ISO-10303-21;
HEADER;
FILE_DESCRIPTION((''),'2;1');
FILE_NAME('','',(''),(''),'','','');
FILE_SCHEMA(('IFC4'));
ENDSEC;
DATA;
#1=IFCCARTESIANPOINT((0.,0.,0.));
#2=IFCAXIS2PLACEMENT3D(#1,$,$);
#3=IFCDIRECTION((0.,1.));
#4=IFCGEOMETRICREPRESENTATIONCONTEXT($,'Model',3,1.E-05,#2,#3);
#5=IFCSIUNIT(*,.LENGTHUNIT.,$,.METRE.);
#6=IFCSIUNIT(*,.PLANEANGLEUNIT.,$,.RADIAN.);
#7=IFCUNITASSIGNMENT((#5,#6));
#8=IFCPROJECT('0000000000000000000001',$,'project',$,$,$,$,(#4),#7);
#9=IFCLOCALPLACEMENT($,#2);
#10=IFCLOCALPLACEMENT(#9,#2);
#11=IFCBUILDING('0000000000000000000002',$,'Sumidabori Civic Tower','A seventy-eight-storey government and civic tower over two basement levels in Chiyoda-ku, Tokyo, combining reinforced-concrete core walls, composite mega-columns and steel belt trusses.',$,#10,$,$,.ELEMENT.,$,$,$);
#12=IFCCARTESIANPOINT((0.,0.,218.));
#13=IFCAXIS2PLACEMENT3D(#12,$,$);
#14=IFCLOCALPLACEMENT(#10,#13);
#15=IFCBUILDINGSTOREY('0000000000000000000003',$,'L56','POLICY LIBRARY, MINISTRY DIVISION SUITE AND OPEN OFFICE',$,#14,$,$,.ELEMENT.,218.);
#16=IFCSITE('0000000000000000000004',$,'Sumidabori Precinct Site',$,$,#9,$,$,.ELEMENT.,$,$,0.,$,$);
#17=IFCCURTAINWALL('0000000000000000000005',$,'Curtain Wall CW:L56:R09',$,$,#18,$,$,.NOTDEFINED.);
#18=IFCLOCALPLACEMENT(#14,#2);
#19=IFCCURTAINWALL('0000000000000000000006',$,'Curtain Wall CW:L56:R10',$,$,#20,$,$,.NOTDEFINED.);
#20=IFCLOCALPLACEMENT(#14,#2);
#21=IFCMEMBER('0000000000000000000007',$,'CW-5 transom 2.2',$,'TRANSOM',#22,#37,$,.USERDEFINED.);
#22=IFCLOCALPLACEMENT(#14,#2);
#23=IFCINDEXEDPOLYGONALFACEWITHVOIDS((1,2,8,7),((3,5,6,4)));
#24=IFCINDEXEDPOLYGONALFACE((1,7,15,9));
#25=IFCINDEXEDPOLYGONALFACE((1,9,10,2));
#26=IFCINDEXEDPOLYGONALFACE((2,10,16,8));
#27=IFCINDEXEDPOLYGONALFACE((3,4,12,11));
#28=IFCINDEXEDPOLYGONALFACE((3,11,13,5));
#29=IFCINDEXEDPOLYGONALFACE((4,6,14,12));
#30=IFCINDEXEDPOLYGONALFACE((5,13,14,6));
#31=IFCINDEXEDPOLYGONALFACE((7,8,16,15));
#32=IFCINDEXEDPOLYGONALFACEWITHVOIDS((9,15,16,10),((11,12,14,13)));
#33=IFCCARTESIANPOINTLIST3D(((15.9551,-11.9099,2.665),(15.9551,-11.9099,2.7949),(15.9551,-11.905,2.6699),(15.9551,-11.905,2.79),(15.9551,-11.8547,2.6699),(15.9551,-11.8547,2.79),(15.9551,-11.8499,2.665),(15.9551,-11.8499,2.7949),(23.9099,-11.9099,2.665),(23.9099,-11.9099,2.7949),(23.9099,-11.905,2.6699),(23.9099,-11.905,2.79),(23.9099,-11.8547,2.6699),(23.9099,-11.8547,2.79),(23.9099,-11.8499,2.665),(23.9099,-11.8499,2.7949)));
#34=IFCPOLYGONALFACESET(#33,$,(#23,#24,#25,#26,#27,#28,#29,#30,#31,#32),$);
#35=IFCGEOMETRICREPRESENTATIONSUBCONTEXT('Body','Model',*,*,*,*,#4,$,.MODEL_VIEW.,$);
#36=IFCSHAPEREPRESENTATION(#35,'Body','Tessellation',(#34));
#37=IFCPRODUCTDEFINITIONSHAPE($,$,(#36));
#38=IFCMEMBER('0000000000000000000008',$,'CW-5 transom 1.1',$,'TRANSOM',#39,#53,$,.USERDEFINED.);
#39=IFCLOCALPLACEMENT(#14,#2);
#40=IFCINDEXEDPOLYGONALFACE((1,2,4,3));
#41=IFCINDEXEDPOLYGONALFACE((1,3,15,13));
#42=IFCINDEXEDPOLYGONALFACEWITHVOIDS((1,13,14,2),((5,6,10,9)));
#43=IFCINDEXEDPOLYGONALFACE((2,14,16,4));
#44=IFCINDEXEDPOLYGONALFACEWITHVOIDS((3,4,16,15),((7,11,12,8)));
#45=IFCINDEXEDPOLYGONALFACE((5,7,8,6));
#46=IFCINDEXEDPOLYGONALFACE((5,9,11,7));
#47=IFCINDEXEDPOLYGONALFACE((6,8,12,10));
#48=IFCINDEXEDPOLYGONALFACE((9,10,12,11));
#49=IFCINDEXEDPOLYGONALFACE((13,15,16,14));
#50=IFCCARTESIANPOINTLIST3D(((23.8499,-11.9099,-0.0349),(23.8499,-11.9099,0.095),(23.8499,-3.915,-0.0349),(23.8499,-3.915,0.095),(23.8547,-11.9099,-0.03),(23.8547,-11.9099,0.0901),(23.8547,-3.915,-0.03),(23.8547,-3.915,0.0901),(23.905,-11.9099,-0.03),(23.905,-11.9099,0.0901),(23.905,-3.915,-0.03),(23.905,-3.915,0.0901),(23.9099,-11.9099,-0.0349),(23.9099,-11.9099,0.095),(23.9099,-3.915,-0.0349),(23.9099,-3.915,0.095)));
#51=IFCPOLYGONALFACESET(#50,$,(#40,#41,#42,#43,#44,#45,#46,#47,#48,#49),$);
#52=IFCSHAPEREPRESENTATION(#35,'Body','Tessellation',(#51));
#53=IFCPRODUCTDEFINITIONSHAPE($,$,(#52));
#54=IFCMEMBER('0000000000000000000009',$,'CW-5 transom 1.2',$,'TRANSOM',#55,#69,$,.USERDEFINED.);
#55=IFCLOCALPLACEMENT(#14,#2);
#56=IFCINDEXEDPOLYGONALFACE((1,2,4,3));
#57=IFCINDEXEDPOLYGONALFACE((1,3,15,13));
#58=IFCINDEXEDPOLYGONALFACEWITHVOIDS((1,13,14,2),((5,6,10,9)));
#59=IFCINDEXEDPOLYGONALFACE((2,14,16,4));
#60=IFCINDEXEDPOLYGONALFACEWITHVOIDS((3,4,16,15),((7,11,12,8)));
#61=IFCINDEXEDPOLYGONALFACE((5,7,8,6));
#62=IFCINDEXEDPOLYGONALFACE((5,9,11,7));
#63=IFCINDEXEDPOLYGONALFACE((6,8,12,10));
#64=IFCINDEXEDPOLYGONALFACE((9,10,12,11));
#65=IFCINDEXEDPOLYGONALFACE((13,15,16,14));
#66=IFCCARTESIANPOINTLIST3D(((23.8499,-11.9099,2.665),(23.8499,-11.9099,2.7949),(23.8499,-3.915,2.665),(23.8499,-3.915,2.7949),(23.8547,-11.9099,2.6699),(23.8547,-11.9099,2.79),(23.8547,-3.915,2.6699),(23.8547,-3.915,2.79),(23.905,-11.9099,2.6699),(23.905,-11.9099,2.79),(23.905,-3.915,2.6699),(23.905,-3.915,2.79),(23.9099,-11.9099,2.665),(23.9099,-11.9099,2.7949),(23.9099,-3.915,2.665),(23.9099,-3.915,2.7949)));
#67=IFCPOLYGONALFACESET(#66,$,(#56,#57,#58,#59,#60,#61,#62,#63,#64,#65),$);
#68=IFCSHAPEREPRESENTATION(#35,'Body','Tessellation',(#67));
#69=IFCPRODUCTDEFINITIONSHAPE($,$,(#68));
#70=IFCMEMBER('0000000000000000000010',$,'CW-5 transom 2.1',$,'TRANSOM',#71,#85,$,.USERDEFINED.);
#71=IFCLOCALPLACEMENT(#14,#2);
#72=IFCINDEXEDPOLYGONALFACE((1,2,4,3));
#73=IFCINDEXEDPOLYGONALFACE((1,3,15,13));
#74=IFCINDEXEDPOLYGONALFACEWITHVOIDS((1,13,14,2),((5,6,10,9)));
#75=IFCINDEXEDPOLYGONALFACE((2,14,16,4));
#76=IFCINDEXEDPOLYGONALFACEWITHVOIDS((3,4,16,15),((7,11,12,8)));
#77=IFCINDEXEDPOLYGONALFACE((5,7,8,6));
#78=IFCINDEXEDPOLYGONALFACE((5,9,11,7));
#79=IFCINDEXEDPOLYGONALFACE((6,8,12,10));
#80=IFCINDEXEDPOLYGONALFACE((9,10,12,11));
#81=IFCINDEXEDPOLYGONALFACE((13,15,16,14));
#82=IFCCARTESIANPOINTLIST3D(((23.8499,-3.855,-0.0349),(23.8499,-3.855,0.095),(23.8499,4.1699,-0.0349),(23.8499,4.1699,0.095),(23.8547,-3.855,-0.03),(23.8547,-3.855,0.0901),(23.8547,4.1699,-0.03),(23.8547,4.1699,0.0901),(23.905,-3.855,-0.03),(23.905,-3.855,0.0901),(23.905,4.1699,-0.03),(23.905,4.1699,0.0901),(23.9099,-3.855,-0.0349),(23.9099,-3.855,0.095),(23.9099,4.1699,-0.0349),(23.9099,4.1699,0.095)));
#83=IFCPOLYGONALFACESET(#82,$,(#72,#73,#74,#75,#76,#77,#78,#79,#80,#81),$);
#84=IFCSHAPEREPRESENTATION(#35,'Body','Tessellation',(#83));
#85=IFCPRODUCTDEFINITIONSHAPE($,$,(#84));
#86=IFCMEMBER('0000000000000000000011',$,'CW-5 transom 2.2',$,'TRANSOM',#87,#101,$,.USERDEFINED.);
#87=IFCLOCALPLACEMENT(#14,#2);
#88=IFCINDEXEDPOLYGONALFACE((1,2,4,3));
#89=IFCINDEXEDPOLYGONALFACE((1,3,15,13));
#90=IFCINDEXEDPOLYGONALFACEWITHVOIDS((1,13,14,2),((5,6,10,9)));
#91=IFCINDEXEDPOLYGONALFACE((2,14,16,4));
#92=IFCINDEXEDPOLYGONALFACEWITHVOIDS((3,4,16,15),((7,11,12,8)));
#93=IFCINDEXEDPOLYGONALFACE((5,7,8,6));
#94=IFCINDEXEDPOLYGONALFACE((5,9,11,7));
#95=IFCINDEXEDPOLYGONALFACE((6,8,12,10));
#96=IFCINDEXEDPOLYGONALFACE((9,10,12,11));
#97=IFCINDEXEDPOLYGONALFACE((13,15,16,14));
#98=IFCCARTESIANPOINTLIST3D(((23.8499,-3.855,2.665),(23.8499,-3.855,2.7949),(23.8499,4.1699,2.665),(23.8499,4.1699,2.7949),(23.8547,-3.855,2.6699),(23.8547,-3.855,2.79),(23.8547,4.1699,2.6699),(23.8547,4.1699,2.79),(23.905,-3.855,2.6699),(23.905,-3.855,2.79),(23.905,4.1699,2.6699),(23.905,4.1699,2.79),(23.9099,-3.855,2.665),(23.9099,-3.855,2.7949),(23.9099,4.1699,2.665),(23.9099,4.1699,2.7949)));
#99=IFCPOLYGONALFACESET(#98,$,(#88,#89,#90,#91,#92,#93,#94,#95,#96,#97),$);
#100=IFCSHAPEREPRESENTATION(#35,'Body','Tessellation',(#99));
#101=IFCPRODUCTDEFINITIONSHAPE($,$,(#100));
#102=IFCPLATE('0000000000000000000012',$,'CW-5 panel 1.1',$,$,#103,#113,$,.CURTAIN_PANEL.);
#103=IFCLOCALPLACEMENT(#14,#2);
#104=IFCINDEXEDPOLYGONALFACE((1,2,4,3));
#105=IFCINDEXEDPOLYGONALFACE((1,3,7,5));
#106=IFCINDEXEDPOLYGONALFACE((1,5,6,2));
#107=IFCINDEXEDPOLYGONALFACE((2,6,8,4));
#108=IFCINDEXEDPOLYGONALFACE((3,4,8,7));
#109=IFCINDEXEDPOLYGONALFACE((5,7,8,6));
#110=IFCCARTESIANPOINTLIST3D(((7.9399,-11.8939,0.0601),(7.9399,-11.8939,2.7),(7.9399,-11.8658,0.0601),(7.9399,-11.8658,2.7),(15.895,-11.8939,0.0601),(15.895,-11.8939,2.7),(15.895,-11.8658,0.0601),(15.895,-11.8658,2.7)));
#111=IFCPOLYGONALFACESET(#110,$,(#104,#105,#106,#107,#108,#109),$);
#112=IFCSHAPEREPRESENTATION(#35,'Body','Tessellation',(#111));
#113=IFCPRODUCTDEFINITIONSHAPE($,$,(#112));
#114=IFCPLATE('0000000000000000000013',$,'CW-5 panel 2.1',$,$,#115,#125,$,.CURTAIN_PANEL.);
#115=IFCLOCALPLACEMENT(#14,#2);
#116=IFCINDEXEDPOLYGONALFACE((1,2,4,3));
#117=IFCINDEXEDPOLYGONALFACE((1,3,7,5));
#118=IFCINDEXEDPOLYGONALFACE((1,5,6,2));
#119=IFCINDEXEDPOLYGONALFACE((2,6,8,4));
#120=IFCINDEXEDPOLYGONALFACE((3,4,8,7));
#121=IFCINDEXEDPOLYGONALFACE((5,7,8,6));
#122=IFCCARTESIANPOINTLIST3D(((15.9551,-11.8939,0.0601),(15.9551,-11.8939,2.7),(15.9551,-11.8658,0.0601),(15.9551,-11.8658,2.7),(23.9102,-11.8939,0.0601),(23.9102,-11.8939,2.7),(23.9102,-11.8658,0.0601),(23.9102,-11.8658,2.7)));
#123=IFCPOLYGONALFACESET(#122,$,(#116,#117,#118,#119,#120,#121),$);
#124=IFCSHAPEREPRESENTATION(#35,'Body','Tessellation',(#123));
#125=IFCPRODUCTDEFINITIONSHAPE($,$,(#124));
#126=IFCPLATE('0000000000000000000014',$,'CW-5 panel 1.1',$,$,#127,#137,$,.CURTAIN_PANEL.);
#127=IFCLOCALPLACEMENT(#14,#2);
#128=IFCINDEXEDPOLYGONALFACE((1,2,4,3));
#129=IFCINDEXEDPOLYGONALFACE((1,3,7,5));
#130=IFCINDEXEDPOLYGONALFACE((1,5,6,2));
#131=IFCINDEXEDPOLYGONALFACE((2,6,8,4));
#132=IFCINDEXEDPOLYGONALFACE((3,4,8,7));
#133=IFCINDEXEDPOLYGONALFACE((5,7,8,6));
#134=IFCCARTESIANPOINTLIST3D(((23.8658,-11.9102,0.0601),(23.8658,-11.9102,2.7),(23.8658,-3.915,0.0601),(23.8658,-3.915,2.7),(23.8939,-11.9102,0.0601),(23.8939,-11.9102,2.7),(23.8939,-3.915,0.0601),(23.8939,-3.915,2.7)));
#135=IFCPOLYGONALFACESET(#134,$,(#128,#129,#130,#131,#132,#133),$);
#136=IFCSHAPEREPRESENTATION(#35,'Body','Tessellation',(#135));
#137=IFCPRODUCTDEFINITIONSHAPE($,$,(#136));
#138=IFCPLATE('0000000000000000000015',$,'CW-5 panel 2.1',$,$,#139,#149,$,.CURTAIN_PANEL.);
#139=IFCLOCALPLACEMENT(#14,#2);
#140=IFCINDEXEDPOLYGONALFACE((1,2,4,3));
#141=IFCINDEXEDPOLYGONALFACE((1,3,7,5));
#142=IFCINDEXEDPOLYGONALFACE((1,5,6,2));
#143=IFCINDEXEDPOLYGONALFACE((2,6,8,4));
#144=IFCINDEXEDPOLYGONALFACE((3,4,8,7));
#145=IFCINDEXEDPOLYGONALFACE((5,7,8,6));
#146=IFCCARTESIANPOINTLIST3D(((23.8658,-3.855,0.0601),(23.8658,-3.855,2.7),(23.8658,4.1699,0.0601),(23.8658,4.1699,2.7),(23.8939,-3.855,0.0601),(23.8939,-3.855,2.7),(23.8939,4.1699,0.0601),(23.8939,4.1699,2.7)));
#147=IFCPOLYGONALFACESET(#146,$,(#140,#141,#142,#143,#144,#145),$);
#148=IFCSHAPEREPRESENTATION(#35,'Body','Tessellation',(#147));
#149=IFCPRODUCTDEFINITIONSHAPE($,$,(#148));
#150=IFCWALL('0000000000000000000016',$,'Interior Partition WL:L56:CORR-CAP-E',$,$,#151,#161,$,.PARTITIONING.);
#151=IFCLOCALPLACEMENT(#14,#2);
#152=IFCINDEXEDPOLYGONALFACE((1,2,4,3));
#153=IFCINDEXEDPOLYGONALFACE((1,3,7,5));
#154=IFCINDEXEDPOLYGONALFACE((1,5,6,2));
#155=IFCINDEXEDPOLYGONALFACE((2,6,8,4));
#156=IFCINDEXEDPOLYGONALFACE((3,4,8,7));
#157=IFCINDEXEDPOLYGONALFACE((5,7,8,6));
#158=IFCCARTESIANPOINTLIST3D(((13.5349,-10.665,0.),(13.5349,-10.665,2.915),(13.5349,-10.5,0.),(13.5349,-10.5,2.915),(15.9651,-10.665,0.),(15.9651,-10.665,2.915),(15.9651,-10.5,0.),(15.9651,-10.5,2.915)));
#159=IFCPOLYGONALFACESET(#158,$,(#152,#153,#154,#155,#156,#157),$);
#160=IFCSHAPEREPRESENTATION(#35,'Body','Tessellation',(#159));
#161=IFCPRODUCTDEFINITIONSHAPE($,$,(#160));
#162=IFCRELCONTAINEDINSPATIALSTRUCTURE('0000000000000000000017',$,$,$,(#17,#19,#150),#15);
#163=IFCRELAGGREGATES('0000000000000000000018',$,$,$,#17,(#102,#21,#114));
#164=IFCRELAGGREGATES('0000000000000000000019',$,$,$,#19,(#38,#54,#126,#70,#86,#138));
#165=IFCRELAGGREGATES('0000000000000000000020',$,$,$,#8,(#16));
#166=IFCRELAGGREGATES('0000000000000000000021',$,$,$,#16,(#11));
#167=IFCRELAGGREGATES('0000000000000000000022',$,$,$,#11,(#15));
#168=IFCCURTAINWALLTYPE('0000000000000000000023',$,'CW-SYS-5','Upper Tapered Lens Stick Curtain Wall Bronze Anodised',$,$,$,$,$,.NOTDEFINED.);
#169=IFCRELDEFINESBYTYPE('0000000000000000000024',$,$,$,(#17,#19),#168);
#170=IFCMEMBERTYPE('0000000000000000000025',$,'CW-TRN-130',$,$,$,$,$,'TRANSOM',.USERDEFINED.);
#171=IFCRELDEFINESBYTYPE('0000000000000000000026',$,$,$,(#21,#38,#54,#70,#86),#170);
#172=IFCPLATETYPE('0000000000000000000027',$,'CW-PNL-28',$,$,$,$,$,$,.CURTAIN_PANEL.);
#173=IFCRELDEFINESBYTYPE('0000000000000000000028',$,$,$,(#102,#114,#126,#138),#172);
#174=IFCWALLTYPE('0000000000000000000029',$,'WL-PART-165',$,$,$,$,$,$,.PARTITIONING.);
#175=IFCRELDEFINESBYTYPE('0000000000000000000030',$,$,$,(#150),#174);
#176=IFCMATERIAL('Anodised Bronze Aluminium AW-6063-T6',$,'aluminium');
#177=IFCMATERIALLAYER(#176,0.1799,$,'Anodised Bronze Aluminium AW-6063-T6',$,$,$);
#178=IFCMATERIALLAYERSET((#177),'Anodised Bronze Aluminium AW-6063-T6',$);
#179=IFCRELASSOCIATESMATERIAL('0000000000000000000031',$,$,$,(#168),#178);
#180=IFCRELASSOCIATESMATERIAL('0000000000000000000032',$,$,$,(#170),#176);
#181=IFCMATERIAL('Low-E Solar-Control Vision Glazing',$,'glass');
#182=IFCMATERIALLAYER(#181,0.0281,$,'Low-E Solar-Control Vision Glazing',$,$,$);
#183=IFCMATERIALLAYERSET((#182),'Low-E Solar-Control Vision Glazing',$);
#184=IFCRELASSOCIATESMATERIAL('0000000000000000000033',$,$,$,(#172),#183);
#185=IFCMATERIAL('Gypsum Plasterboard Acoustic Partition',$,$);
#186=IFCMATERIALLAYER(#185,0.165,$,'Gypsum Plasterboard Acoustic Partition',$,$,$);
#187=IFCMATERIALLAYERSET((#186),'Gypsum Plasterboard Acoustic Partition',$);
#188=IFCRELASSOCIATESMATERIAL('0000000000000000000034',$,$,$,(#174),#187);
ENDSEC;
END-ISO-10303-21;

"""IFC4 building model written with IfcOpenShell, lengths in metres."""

from ifc_helpers import new_model, si_unit, direction, frame, frame_2d, origin, origin_2d, place, context, subcontext, project, spatial, rectangle, hollow_rectangle, extrude, source, transform, mapped, material, layer, layer_set, material_profile, profile_set, type_object, element, aggregate, save


model = new_model("IFC4")

# Units and contexts
model_context = context("Model", 3, precision=1e-05, world=origin(), true_north=direction((0.0, 1.0)))
body_context = subcontext(model_context, "Body", "Model", "MODEL_VIEW")
ifc_project = project(units=[si_unit("LENGTHUNIT", "METRE"), si_unit("PLANEANGLEUNIT", "RADIAN")], contexts=[model_context])

# Site, building, storey
site_placement = place(None, origin())
site = spatial("IfcSite", under=ifc_project, at=site_placement, Name="Sumidabori Precinct Site", CompositionType="ELEMENT", RefElevation=0.0)
building_placement = place(site_placement, origin())
building = spatial("IfcBuilding", under=site, at=building_placement, Name="Sumidabori Civic Tower", Description="A seventy-eight-storey government and civic tower over two basement levels in Chiyoda-ku, Tokyo, combining reinforced-concrete core walls, composite mega-columns and steel belt trusses.", CompositionType="ELEMENT")
storey_placement = place(building_placement, frame((0.0, 0.0, 218.0)))
storey = spatial("IfcBuildingStorey", under=building, at=storey_placement, Name="L56", Description="POLICY LIBRARY, MINISTRY DIVISION SUITE AND OPEN OFFICE", CompositionType="ELEMENT", Elevation=218.0)

# Curtain walls
ifc_material_1 = material(Name="Anodised Bronze Aluminium AW-6063-T6", Category="aluminium")
ifc_layer_1 = layer(ifc_material_1, 0.1799, Name="Anodised Bronze Aluminium AW-6063-T6")
ifc_layer_set_1 = layer_set([ifc_layer_1], Name="Anodised Bronze Aluminium AW-6063-T6")
curtain_wall_type = type_object("IfcCurtainWallType", Name="CW-SYS-5", Description="Upper Tapered Lens Stick Curtain Wall Bronze Anodised", PredefinedType="NOTDEFINED", material=ifc_layer_set_1)
curtain_wall_1_placement = place(storey_placement, origin())
curtain_wall_1 = element("IfcCurtainWall", 1, at=curtain_wall_1_placement, inside=storey, type_object=curtain_wall_type, Name="Curtain Wall CW:L56:R09", PredefinedType="NOTDEFINED")
curtain_wall_2_placement = place(storey_placement, origin())
curtain_wall_2 = element("IfcCurtainWall", 2, at=curtain_wall_2_placement, inside=storey, type_object=curtain_wall_type, Name="Curtain Wall CW:L56:R10", PredefinedType="NOTDEFINED")

# Members
ifc_material_profile_1 = material_profile(ifc_material_1, hollow_rectangle(XDim=0.0601, YDim=0.1299, WallThickness=0.0049, at=origin_2d()), Name="ALU TRANSOM 130x60")
ifc_profile_set_1 = profile_set([ifc_material_profile_1], Name="Anodised Bronze Aluminium AW-6063-T6")
member_type_1 = type_object("IfcMemberType", Name="CW-TRN-130", ElementType="TRANSOM", PredefinedType="USERDEFINED", material=ifc_profile_set_1)
shared_shape_1 = source(origin(), body_context, "Body", "SweptSolid", [
    extrude(hollow_rectangle(XDim=0.0601, YDim=0.1299, WallThickness=0.0049, at=origin_2d()), origin(), (0.0, 0.0, 1.0), 7.9548),
])
member_1_placement = place(storey_placement, frame((15.9551, -11.8799, 2.73), z_axis=(1.0, 0.0, 0.0), x_axis=(0.0, 1.0, 0.0)))
member_1 = element("IfcMember", 3, at=member_1_placement, type_object=member_type_1, Name="CW-5 transom 2.2", ObjectType="TRANSOM", PredefinedType="USERDEFINED", context=body_context, shape_type="MappedRepresentation", body=[
    mapped(shared_shape_1, transform((0.0, 0.0, 0.0), x_axis=(1.0, 0.0, 0.0), y_axis=(0.0, 1.0, 0.0), z_axis=(0.0, 0.0, 1.0), scale=1.0)),
])
shared_shape_2 = source(origin(), body_context, "Body", "SweptSolid", [
    extrude(hollow_rectangle(XDim=0.0601, YDim=0.1299, WallThickness=0.0049, at=origin_2d()), origin(), (0.0, 0.0, 1.0), 7.9949),
])
member_2_placement = place(storey_placement, frame((23.8799, -11.9099, 0.03), z_axis=(0.0, 1.0, 0.0), x_axis=(-1.0, 0.0, 0.0)))
member_2 = element("IfcMember", 4, at=member_2_placement, type_object=member_type_1, Name="CW-5 transom 1.1", ObjectType="TRANSOM", PredefinedType="USERDEFINED", context=body_context, shape_type="MappedRepresentation", body=[
    mapped(shared_shape_2, transform((0.0, 0.0, 0.0), x_axis=(1.0, 0.0, 0.0), y_axis=(0.0, 1.0, 0.0), z_axis=(0.0, 0.0, 1.0), scale=1.0)),
])
member_3_placement = place(storey_placement, frame((23.8799, -11.9099, 2.73), z_axis=(0.0, 1.0, 0.0), x_axis=(-1.0, 0.0, 0.0)))
member_3 = element("IfcMember", 5, at=member_3_placement, type_object=member_type_1, Name="CW-5 transom 1.2", ObjectType="TRANSOM", PredefinedType="USERDEFINED", context=body_context, shape_type="MappedRepresentation", body=[
    mapped(shared_shape_2, transform((0.0, 0.0, 0.0), x_axis=(1.0, 0.0, 0.0), y_axis=(0.0, 1.0, 0.0), z_axis=(0.0, 0.0, 1.0), scale=1.0)),
])
shared_shape_3 = source(origin(), body_context, "Body", "SweptSolid", [
    extrude(hollow_rectangle(XDim=0.0601, YDim=0.1299, WallThickness=0.0049, at=origin_2d()), origin(), (0.0, 0.0, 1.0), 8.0249),
])
member_4_placement = place(storey_placement, frame((23.8799, -3.855, 0.03), z_axis=(0.0, 1.0, 0.0), x_axis=(-1.0, 0.0, 0.0)))
member_4 = element("IfcMember", 6, at=member_4_placement, type_object=member_type_1, Name="CW-5 transom 2.1", ObjectType="TRANSOM", PredefinedType="USERDEFINED", context=body_context, shape_type="MappedRepresentation", body=[
    mapped(shared_shape_3, transform((0.0, 0.0, 0.0), x_axis=(1.0, 0.0, 0.0), y_axis=(0.0, 1.0, 0.0), z_axis=(0.0, 0.0, 1.0), scale=1.0)),
])
member_5_placement = place(storey_placement, frame((23.8799, -3.855, 2.73), z_axis=(0.0, 1.0, 0.0), x_axis=(-1.0, 0.0, 0.0)))
member_5 = element("IfcMember", 7, at=member_5_placement, type_object=member_type_1, Name="CW-5 transom 2.2", ObjectType="TRANSOM", PredefinedType="USERDEFINED", context=body_context, shape_type="MappedRepresentation", body=[
    mapped(shared_shape_3, transform((0.0, 0.0, 0.0), x_axis=(1.0, 0.0, 0.0), y_axis=(0.0, 1.0, 0.0), z_axis=(0.0, 0.0, 1.0), scale=1.0)),
])

# Plates
ifc_material_2 = material(Name="Low-E Solar-Control Vision Glazing", Category="glass")
ifc_layer_2 = layer(ifc_material_2, 0.0281, Name="Low-E Solar-Control Vision Glazing")
ifc_layer_set_2 = layer_set([ifc_layer_2], Name="Low-E Solar-Control Vision Glazing")
plate_type = type_object("IfcPlateType", Name="CW-PNL-28", PredefinedType="CURTAIN_PANEL", material=ifc_layer_set_2)
shared_shape_4 = source(origin(), body_context, "Body", "SweptSolid", [
    extrude(rectangle(XDim=7.9551, YDim=0.0281, at=origin_2d()), origin(), (0.0, 0.0, 1.0), 2.6399),
])
plate_1_placement = place(storey_placement, frame((11.9175, -11.8799, 0.0601), z_axis=(0.0, 0.0, 1.0), x_axis=(1.0, 0.0, 0.0)))
plate_1 = element("IfcPlate", 8, at=plate_1_placement, type_object=plate_type, Name="CW-5 panel 1.1", PredefinedType="CURTAIN_PANEL", context=body_context, shape_type="MappedRepresentation", body=[
    mapped(shared_shape_4, transform((0.0, 0.0, 0.0), x_axis=(1.0, 0.0, 0.0), y_axis=(0.0, 1.0, 0.0), z_axis=(0.0, 0.0, 1.0), scale=1.0)),
])
plate_2_placement = place(storey_placement, frame((19.9326, -11.8799, 0.0601), z_axis=(0.0, 0.0, 1.0), x_axis=(1.0, 0.0, 0.0)))
plate_2 = element("IfcPlate", 9, at=plate_2_placement, type_object=plate_type, Name="CW-5 panel 2.1", PredefinedType="CURTAIN_PANEL", context=body_context, shape_type="MappedRepresentation", body=[
    mapped(shared_shape_4, transform((0.0, 0.0, 0.0), x_axis=(1.0, 0.0, 0.0), y_axis=(0.0, 1.0, 0.0), z_axis=(0.0, 0.0, 1.0), scale=1.0)),
])
aggregate(curtain_wall_1, [plate_1, member_1, plate_2])
shared_shape_5 = source(origin(), body_context, "Body", "SweptSolid", [
    extrude(rectangle(XDim=7.9951, YDim=0.0281, at=origin_2d()), origin(), (0.0, 0.0, 1.0), 2.6399),
])
plate_3_placement = place(storey_placement, frame((23.8799, -7.9126, 0.0601), z_axis=(0.0, 0.0, 1.0), x_axis=(0.0, 1.0, 0.0)))
plate_3 = element("IfcPlate", 10, at=plate_3_placement, type_object=plate_type, Name="CW-5 panel 1.1", PredefinedType="CURTAIN_PANEL", context=body_context, shape_type="MappedRepresentation", body=[
    mapped(shared_shape_5, transform((0.0, 0.0, 0.0), x_axis=(1.0, 0.0, 0.0), y_axis=(0.0, 1.0, 0.0), z_axis=(0.0, 0.0, 1.0), scale=1.0)),
])
shared_shape_6 = source(origin(), body_context, "Body", "SweptSolid", [
    extrude(rectangle(XDim=8.0249, YDim=0.0281, at=origin_2d()), origin(), (0.0, 0.0, 1.0), 2.6399),
])
plate_4_placement = place(storey_placement, frame((23.8799, 0.1575, 0.0601), z_axis=(0.0, 0.0, 1.0), x_axis=(0.0, 1.0, 0.0)))
plate_4 = element("IfcPlate", 11, at=plate_4_placement, type_object=plate_type, Name="CW-5 panel 2.1", PredefinedType="CURTAIN_PANEL", context=body_context, shape_type="MappedRepresentation", body=[
    mapped(shared_shape_6, transform((0.0, 0.0, 0.0), x_axis=(1.0, 0.0, 0.0), y_axis=(0.0, 1.0, 0.0), z_axis=(0.0, 0.0, 1.0), scale=1.0)),
])
aggregate(curtain_wall_2, [member_2, member_3, plate_3, member_4, member_5, plate_4])

# Wall
ifc_material_3 = material(Name="Gypsum Plasterboard Acoustic Partition")
ifc_layer_3 = layer(ifc_material_3, 0.165, Name="Gypsum Plasterboard Acoustic Partition")
ifc_layer_set_3 = layer_set([ifc_layer_3], Name="Gypsum Plasterboard Acoustic Partition")
wall_type = type_object("IfcWallType", Name="WL-PART-165", PredefinedType="PARTITIONING", material=ifc_layer_set_3)
shared_shape_7 = source(origin(), body_context, "Body", "SweptSolid", [
    extrude(rectangle(XDim=2.4302, YDim=0.165, at=frame_2d((1.2151, 0.0))), origin(), (0.0, 0.0, 1.0), 2.915),
])
wall_1_placement = place(storey_placement, frame((13.5349, -10.5825, 0.0), z_axis=(0.0, 0.0, 1.0), x_axis=(1.0, 0.0, 0.0)))
element("IfcWall", 12, at=wall_1_placement, inside=storey, type_object=wall_type, Name="Interior Partition WL:L56:CORR-CAP-E", PredefinedType="PARTITIONING", context=body_context, shape_type="MappedRepresentation", body=[
    mapped(shared_shape_7, transform((0.0, 0.0, 0.0), x_axis=(1.0, 0.0, 0.0), y_axis=(0.0, 1.0, 0.0), z_axis=(0.0, 0.0, 1.0), scale=1.0)),
])

save(model, "model.ifc")
